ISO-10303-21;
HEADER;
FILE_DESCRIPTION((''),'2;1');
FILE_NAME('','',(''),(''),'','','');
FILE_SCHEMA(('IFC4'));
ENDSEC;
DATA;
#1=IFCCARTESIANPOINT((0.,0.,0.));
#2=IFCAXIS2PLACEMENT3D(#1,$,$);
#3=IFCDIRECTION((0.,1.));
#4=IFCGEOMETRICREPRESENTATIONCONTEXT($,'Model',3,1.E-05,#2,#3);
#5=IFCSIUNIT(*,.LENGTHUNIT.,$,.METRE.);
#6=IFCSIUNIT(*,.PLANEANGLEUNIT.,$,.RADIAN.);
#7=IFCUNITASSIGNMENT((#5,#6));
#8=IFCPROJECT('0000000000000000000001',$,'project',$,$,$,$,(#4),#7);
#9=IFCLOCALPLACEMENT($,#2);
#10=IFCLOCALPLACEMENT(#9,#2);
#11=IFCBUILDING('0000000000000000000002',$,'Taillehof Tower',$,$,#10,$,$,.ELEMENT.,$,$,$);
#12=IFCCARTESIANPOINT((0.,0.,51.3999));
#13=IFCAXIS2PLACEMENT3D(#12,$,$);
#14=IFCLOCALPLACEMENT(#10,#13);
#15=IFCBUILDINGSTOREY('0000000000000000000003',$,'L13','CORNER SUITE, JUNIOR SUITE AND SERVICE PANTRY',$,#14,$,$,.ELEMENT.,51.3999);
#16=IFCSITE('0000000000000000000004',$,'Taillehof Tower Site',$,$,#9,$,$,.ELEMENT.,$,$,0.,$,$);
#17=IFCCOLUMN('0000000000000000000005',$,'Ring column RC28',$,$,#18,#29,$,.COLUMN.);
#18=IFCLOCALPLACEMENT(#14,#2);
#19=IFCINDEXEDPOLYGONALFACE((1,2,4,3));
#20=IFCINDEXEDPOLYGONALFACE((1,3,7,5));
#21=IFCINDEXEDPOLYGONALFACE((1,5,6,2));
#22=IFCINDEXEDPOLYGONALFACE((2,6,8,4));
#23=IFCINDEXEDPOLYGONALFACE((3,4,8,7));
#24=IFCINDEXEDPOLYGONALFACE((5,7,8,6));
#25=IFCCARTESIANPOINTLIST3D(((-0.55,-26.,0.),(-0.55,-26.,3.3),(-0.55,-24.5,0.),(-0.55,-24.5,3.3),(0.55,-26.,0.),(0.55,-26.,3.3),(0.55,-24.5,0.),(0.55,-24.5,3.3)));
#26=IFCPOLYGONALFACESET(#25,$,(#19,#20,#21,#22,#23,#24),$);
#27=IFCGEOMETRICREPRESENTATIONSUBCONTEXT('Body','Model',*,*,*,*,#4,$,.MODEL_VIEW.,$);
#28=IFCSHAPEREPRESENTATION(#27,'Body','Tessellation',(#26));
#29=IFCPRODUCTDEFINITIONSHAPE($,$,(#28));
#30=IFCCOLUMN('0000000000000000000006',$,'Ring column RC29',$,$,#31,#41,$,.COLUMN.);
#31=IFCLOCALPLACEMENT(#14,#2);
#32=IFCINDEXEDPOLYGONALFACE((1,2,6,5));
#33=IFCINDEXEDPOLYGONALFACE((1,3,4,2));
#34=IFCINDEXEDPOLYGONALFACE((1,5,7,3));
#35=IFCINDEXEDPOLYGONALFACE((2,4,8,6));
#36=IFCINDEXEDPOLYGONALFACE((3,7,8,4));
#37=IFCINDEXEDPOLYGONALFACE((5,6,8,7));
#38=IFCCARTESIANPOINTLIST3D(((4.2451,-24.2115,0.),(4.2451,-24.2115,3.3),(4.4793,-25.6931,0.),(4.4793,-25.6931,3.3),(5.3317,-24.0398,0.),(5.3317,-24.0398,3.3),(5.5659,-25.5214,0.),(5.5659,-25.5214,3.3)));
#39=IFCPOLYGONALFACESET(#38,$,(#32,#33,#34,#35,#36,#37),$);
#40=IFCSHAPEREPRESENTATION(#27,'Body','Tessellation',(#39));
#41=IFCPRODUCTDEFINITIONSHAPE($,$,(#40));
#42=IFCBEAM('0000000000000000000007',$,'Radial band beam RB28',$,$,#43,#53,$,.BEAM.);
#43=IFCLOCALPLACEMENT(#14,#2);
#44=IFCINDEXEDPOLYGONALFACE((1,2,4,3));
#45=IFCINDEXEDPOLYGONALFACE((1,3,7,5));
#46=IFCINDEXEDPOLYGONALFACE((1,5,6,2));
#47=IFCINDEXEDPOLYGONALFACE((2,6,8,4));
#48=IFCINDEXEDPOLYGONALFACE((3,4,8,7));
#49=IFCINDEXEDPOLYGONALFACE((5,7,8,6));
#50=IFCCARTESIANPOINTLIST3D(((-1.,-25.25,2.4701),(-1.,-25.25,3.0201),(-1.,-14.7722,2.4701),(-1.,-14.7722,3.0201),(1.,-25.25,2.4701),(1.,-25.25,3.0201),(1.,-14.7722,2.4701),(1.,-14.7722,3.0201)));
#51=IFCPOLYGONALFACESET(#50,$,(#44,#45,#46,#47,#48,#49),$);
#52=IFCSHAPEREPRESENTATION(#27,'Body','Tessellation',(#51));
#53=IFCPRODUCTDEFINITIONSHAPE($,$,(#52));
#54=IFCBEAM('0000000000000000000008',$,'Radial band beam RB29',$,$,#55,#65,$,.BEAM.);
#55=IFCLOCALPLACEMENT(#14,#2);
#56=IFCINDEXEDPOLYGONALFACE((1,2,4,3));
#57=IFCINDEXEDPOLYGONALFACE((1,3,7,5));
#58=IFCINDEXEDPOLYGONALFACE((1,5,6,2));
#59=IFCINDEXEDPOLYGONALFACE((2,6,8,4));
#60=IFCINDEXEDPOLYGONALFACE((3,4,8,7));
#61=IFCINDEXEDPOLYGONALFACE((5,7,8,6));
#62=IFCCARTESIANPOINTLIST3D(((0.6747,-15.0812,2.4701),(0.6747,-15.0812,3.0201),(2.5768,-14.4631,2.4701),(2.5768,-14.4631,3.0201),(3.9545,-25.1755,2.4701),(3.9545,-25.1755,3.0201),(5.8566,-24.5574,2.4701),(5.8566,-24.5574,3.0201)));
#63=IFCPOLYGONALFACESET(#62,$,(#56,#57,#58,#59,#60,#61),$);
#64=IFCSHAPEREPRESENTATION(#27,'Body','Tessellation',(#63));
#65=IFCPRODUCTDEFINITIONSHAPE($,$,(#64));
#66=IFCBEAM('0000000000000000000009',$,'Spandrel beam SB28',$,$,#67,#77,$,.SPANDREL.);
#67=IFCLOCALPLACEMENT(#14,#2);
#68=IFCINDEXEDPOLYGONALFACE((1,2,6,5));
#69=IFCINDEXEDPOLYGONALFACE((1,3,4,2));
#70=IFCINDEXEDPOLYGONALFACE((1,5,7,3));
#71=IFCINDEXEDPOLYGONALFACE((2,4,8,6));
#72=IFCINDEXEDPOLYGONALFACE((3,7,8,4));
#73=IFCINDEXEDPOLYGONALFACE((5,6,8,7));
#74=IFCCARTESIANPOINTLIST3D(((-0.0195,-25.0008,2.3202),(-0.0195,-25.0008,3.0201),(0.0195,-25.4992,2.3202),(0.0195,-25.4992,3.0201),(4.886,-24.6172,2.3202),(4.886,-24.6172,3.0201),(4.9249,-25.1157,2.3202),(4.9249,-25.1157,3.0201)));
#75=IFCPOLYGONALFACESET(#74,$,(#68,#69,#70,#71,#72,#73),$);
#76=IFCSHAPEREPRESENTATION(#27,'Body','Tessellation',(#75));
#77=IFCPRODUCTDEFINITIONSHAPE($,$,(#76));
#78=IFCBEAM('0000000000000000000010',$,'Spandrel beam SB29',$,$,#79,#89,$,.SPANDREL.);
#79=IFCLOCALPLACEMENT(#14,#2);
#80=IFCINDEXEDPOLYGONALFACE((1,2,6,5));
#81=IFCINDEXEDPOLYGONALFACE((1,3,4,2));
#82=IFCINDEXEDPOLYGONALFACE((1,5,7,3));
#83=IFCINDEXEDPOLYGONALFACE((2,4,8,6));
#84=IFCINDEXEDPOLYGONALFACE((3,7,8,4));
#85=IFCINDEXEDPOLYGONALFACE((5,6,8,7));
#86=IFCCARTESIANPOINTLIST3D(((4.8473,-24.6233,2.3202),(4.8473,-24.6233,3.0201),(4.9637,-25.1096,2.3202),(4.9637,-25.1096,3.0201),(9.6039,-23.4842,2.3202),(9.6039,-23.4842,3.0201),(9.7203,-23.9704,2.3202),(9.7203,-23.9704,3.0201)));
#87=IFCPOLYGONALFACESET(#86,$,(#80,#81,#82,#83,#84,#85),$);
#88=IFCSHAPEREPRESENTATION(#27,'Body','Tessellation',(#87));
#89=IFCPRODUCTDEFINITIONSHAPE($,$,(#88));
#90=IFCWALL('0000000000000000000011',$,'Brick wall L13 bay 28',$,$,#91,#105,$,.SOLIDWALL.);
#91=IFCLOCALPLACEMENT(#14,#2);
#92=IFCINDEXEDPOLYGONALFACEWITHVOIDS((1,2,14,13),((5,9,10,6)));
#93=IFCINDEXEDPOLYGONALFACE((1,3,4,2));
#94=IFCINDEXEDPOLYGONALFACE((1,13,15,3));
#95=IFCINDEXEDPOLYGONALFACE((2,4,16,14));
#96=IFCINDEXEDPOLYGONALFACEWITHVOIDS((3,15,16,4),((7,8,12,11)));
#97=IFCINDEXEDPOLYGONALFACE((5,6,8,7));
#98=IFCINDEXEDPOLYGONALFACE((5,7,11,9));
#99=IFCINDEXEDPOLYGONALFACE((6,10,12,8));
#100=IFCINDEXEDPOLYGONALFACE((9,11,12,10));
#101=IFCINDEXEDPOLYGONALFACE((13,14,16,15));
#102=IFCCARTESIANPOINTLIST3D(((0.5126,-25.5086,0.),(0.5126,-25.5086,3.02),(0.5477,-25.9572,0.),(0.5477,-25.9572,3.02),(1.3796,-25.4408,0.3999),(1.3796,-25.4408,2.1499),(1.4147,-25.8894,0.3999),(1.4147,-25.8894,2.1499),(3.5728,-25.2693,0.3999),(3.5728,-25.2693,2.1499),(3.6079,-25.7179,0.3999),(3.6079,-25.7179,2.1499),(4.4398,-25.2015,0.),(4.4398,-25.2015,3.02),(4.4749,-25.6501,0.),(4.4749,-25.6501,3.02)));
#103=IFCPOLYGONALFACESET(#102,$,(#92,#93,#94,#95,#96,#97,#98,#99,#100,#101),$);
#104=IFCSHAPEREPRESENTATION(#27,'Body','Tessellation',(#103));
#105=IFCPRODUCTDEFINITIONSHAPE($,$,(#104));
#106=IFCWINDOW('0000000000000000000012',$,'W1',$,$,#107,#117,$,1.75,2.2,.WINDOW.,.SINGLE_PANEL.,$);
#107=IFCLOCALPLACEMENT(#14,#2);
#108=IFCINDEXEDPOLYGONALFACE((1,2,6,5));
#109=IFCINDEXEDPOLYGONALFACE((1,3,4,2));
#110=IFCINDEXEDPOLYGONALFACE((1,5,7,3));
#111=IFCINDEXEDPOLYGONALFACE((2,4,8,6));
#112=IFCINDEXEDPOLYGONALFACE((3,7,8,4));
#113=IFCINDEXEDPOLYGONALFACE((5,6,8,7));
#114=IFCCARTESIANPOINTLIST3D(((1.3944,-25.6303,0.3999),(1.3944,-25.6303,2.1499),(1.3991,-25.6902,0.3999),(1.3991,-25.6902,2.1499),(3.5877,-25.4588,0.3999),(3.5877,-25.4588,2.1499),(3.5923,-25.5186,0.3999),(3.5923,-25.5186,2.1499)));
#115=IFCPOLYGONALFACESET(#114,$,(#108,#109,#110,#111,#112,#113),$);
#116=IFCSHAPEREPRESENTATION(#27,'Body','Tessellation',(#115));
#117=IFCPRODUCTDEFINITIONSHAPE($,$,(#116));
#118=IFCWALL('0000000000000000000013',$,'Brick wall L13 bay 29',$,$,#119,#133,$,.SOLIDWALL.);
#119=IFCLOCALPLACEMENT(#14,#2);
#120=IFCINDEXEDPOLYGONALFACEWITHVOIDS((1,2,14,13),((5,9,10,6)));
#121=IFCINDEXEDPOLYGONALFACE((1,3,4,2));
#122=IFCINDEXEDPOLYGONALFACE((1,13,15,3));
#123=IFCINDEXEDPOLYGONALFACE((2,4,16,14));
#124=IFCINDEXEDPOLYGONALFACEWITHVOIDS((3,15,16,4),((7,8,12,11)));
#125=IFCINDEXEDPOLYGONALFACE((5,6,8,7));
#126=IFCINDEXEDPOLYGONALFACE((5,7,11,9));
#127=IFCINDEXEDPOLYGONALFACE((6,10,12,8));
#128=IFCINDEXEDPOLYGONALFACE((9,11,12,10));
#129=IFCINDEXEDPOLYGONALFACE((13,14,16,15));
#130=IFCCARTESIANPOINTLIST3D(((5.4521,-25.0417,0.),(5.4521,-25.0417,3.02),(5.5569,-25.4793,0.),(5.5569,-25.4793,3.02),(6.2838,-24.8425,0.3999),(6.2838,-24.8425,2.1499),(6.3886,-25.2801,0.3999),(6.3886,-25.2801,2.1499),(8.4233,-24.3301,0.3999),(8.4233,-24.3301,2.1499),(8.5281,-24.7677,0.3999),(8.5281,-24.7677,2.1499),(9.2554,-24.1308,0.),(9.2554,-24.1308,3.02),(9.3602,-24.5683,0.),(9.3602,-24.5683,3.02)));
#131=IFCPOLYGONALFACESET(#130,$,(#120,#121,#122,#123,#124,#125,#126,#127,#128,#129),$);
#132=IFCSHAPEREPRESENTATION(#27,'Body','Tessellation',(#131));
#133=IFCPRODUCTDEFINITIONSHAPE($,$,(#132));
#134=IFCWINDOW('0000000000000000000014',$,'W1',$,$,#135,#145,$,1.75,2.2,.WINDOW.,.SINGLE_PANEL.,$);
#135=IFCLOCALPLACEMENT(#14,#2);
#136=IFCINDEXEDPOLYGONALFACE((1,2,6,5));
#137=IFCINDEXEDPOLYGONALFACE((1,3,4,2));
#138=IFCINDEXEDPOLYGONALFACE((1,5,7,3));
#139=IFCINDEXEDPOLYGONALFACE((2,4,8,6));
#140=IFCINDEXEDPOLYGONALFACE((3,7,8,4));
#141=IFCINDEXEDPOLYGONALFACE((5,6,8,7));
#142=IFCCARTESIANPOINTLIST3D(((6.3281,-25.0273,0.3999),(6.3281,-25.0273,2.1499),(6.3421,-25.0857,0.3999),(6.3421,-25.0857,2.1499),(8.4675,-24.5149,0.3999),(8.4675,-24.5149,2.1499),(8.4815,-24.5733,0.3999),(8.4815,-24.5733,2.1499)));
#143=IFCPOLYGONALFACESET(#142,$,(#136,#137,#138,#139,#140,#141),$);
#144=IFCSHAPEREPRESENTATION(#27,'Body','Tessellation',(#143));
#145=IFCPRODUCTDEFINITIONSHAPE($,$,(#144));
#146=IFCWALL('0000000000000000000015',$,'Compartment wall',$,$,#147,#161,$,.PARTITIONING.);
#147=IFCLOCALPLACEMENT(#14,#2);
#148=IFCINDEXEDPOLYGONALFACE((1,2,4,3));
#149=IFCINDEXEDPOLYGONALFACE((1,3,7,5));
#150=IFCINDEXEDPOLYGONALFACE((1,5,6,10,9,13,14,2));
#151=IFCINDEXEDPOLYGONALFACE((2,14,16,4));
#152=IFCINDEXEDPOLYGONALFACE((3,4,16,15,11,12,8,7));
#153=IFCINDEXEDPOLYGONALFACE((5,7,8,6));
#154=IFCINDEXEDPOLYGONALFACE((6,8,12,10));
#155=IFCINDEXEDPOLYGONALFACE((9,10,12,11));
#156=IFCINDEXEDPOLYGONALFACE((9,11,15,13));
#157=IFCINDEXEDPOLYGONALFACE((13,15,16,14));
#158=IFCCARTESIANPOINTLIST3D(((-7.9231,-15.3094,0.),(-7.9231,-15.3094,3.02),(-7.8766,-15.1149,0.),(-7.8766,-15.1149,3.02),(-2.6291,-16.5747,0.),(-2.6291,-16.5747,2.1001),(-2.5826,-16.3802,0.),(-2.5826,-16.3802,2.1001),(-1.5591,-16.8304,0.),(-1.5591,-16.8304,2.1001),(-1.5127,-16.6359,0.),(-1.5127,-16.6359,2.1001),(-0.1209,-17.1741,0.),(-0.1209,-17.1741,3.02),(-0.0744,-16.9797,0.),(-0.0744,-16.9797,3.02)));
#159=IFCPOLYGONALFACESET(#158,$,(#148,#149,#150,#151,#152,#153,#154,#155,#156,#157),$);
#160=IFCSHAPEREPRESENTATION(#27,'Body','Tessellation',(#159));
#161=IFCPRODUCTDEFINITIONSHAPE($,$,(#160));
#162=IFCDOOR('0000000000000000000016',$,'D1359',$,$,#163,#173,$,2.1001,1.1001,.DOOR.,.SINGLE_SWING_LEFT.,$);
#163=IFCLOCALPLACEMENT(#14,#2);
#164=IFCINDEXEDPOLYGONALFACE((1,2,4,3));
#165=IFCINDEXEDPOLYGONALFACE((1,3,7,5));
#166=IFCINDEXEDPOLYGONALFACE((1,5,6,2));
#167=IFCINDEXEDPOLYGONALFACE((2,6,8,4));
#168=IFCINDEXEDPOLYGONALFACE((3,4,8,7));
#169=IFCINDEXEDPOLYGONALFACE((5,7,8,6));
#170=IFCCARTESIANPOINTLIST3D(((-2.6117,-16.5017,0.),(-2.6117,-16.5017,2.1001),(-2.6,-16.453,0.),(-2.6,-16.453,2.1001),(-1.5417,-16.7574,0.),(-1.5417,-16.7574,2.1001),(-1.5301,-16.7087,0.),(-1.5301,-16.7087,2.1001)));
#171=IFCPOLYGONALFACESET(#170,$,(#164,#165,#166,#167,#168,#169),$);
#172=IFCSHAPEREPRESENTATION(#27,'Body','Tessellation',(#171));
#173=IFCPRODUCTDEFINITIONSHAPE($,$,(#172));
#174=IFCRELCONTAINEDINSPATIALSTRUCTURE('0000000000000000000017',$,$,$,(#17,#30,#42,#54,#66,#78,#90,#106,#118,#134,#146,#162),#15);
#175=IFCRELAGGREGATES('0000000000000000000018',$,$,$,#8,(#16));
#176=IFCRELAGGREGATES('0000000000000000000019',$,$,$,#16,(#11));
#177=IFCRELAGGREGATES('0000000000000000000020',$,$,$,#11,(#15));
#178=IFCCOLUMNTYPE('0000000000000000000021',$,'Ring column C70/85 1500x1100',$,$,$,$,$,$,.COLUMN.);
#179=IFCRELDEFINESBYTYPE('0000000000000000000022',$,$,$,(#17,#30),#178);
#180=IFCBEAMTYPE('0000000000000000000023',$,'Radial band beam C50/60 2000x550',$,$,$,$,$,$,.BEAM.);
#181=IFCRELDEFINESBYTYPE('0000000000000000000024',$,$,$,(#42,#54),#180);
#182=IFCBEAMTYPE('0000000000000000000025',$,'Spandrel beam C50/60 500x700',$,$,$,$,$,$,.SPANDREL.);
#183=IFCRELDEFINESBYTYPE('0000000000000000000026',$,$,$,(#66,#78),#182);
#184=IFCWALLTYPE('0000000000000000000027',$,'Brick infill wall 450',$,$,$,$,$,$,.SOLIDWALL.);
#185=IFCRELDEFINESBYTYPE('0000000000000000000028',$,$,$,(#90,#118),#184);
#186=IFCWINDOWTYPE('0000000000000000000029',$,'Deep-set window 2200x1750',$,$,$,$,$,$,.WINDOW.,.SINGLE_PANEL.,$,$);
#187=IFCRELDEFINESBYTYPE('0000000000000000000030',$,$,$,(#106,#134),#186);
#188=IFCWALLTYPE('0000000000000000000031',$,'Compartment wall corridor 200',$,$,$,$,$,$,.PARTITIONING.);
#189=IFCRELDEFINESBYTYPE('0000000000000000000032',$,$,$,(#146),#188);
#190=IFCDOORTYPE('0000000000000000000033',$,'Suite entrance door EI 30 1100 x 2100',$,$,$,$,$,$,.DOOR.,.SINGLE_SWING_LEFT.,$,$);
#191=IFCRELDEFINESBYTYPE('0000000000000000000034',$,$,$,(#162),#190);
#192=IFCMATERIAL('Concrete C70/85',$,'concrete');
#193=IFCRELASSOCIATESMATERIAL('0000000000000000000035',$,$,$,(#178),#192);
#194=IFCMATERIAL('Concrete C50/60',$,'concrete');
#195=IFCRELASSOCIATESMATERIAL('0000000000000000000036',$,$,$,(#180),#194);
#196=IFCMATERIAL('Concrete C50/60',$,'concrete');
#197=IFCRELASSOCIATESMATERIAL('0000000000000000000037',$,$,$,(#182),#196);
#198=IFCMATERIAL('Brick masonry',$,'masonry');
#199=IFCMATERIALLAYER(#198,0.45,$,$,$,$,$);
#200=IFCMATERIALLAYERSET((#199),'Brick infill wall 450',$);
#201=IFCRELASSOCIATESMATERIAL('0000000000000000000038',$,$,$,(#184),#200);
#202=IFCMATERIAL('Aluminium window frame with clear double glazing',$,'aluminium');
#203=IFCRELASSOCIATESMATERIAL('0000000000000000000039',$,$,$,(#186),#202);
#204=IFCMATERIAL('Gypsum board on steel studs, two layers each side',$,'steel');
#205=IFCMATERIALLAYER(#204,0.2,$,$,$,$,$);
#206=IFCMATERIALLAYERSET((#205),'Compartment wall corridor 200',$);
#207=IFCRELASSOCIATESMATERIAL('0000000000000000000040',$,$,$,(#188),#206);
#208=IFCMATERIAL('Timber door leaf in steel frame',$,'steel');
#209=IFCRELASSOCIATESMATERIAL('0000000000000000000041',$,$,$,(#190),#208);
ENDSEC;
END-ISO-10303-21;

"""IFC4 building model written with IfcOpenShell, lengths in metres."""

from ifc_helpers import new_model, si_unit, direction, frame, frame_2d, origin, origin_2d, place, context, subcontext, project, spatial, rectangle, extrude, material, layer, layer_set, material_profile, profile_set, type_object, element, fill, save


model = new_model("IFC4")

# Units and contexts
model_context = context("Model", 3, precision=1e-05, world=origin(), true_north=direction((0.0, 1.0)))
body_context = subcontext(model_context, "Body", "Model", "MODEL_VIEW")
ifc_project = project(units=[si_unit("LENGTHUNIT", "METRE"), si_unit("PLANEANGLEUNIT", "RADIAN")], contexts=[model_context])

# Site, building, storey
site_placement = place(None, origin())
site = spatial("IfcSite", under=ifc_project, at=site_placement, Name="Taillehof Tower Site", CompositionType="ELEMENT", RefElevation=0.0)
building_placement = place(site_placement, origin())
building = spatial("IfcBuilding", under=site, at=building_placement, Name="Taillehof Tower", CompositionType="ELEMENT")
storey_placement = place(building_placement, frame((0.0, 0.0, 51.3999)))
storey = spatial("IfcBuildingStorey", under=building, at=storey_placement, Name="L13", Description="CORNER SUITE, JUNIOR SUITE AND SERVICE PANTRY", CompositionType="ELEMENT", Elevation=51.3999)

# Columns
ifc_material_1 = material(Name="Concrete C70/85", Category="concrete")
ifc_material_profile_1 = material_profile(ifc_material_1, rectangle(XDim=1.5, YDim=1.1001, at=origin_2d()), Name="RC 1500x1100")
ifc_profile_set_1 = profile_set([ifc_material_profile_1], Name="Concrete C70/85")
column_type = type_object("IfcColumnType", Name="Ring column C70/85 1500x1100", PredefinedType="COLUMN", material=ifc_profile_set_1)
for number, where, z_axis, x_axis, name in (
    (1, (0.0, -25.25, 0.0), (0.0, 0.0, 1.0), (0.0, -1.0, 0.0), "Ring column RC28"),
    (2, (4.9055, -24.8665, 0.0), (0.0, 0.0, 1.0), (0.156147, -0.987734, 0.0), "Ring column RC29"),
):
    element("IfcColumn", number, at=place(storey_placement, frame(where, z_axis=z_axis, x_axis=x_axis)), inside=storey, type_object=column_type, Name=name, PredefinedType="COLUMN", context=body_context, shape_type="SweptSolid", body=[
        extrude(rectangle(XDim=1.5, YDim=1.1001, at=origin_2d()), origin(), (0.0, 0.0, 1.0), 3.3),
    ])

# Beams
ifc_material_2 = material(Name="Concrete C50/60", Category="concrete")
ifc_material_profile_2 = material_profile(ifc_material_2, rectangle(XDim=2.0, YDim=0.55, at=origin_2d()), Name="RC 2000x550")
ifc_profile_set_2 = profile_set([ifc_material_profile_2], Name="Concrete C50/60")
beam_type_1 = type_object("IfcBeamType", Name="Radial band beam C50/60 2000x550", PredefinedType="BEAM", material=ifc_profile_set_2)
beam_1_placement = place(storey_placement, frame((0.0, -25.25, 2.7451), z_axis=(0.0, 1.0, 0.0), x_axis=(-1.0, 0.0, 0.0)))
element("IfcBeam", 3, at=beam_1_placement, inside=storey, type_object=beam_type_1, Name="Radial band beam RB28", PredefinedType="BEAM", context=body_context, shape_type="SweptSolid", body=[
    extrude(rectangle(XDim=2.0, YDim=0.55, at=origin_2d()), origin(), (0.0, 0.0, 1.0), 10.4778),
])
beam_2_placement = place(storey_placement, frame((4.9055, -24.8665, 2.7451), z_axis=(-0.309014, 0.951057, 0.0), x_axis=(-0.951057, -0.309014, 0.0)))
element("IfcBeam", 4, at=beam_2_placement, inside=storey, type_object=beam_type_1, Name="Radial band beam RB29", PredefinedType="BEAM", context=body_context, shape_type="SweptSolid", body=[
    extrude(rectangle(XDim=2.0, YDim=0.55, at=origin_2d()), origin(), (0.0, 0.0, 1.0), 10.6138),
])
ifc_material_3 = material(Name="Concrete C50/60", Category="concrete")
ifc_material_profile_3 = material_profile(ifc_material_3, rectangle(XDim=0.5, YDim=0.7, at=origin_2d()), Name="RC 500x700")
ifc_profile_set_3 = profile_set([ifc_material_profile_3], Name="Concrete C50/60")
beam_type_2 = type_object("IfcBeamType", Name="Spandrel beam C50/60 500x700", PredefinedType="SPANDREL", material=ifc_profile_set_3)
beam_3_placement = place(storey_placement, frame((0.0, -25.25, 2.6702), z_axis=(0.996957, 0.077949, 0.0), x_axis=(-0.077949, 0.996957, 0.0)))
element("IfcBeam", 5, at=beam_3_placement, inside=storey, type_object=beam_type_2, Name="Spandrel beam SB28", PredefinedType="SPANDREL", context=body_context, shape_type="SweptSolid", body=[
    extrude(rectangle(XDim=0.5, YDim=0.7, at=origin_2d()), origin(), (0.0, 0.0, 1.0), 4.9204),
])
beam_4_placement = place(storey_placement, frame((4.9055, -24.8665, 2.6702), z_axis=(0.9725, 0.232905, 0.0), x_axis=(-0.232905, 0.9725, 0.0)))
element("IfcBeam", 6, at=beam_4_placement, inside=storey, type_object=beam_type_2, Name="Spandrel beam SB29", PredefinedType="SPANDREL", context=body_context, shape_type="SweptSolid", body=[
    extrude(rectangle(XDim=0.5, YDim=0.7, at=origin_2d()), origin(), (0.0, 0.0, 1.0), 4.8911),
])

# Walls, openings, windows
ifc_material_4 = material(Name="Brick masonry", Category="masonry")
ifc_layer_1 = layer(ifc_material_4, 0.45)
ifc_layer_set_1 = layer_set([ifc_layer_1], Name="Brick infill wall 450")
wall_type_1 = type_object("IfcWallType", Name="Brick infill wall 450", PredefinedType="SOLIDWALL", material=ifc_layer_set_1)
wall_1_placement = place(storey_placement, frame((0.53, -25.7329, 0.0), z_axis=(0.0, 0.0, 1.0), x_axis=(0.996956, 0.077967, 0.0)))
wall_1 = element("IfcWall", 7, at=wall_1_placement, inside=storey, type_object=wall_type_1, Name="Brick wall L13 bay 28", PredefinedType="SOLIDWALL", context=body_context, shape_type="SweptSolid", body=[
    extrude(rectangle(XDim=3.9392, YDim=0.45, at=frame_2d((1.9697, 0.0))), origin(), (0.0, 0.0, 1.0), 3.02),
])
opening_1_placement = place(wall_1_placement, frame((0.8696, 0.0, 0.3999)))
opening_1 = element("IfcOpeningElement", 8, at=opening_1_placement, cuts=wall_1, PredefinedType="OPENING", context=body_context, shape_type="SweptSolid", body=[
    extrude(rectangle(XDim=2.2, YDim=1.75, at=frame_2d((1.1001, 0.875))), frame((0.0, 0.2349, 0.0), z_axis=(0.0, -1.0, 0.0), x_axis=(1.0, 0.0, 0.0)), (0.0, 0.0, 1.0), 0.47),
])
ifc_material_5 = material(Name="Aluminium window frame with clear double glazing", Category="aluminium")
window_type = type_object("IfcWindowType", Name="Deep-set window 2200x1750", PartitioningType="SINGLE_PANEL", PredefinedType="WINDOW", material=ifc_material_5)
window_1_placement = place(opening_1_placement, origin())
window_1 = element("IfcWindow", 9, at=window_1_placement, inside=storey, type_object=window_type, Name="W1", OverallHeight=1.75, OverallWidth=2.2, PartitioningType="SINGLE_PANEL", PredefinedType="WINDOW", context=body_context, shape_type="SweptSolid", body=[
    extrude(rectangle(XDim=2.2, YDim=1.75, at=frame_2d((1.1001, 0.875))), frame((0.0, 0.0349, 0.0), z_axis=(0.0, -1.0, 0.0), x_axis=(1.0, 0.0, 0.0)), (0.0, 0.0, 1.0), 0.0601),
])
fill(opening_1, window_1)
wall_2_placement = place(storey_placement, frame((5.5044, -25.2605, 0.0), z_axis=(0.0, 0.0, 1.0), x_axis=(0.972497, 0.232917, 0.0)))
wall_2 = element("IfcWall", 10, at=wall_2_placement, inside=storey, type_object=wall_type_1, Name="Brick wall L13 bay 29", PredefinedType="SOLIDWALL", context=body_context, shape_type="SweptSolid", body=[
    extrude(rectangle(XDim=3.9109, YDim=0.45, at=frame_2d((1.9556, 0.0))), origin(), (0.0, 0.0, 1.0), 3.02),
])
opening_2_placement = place(wall_2_placement, frame((0.8552, 0.0, 0.3999)))
opening_2 = element("IfcOpeningElement", 11, at=opening_2_placement, cuts=wall_2, PredefinedType="OPENING", context=body_context, shape_type="SweptSolid", body=[
    extrude(rectangle(XDim=2.2, YDim=1.75, at=frame_2d((1.1001, 0.875))), frame((0.0, 0.2349, 0.0), z_axis=(0.0, -1.0, 0.0), x_axis=(1.0, 0.0, 0.0)), (0.0, 0.0, 1.0), 0.47),
])
window_2_placement = place(opening_2_placement, origin())
window_2 = element("IfcWindow", 12, at=window_2_placement, inside=storey, type_object=window_type, Name="W1", OverallHeight=1.75, OverallWidth=2.2, PartitioningType="SINGLE_PANEL", PredefinedType="WINDOW", context=body_context, shape_type="SweptSolid", body=[
    extrude(rectangle(XDim=2.2, YDim=1.75, at=frame_2d((1.1001, 0.875))), frame((0.0, 0.0349, 0.0), z_axis=(0.0, -1.0, 0.0), x_axis=(1.0, 0.0, 0.0)), (0.0, 0.0, 1.0), 0.0601),
])
fill(opening_2, window_2)

# Wall, opening, door
ifc_material_6 = material(Name="Gypsum board on steel studs, two layers each side", Category="steel")
ifc_layer_2 = layer(ifc_material_6, 0.2)
ifc_layer_set_2 = layer_set([ifc_layer_2], Name="Compartment wall corridor 200")
wall_type_2 = type_object("IfcWallType", Name="Compartment wall corridor 200", PredefinedType="PARTITIONING", material=ifc_layer_set_2)
wall_3_placement = place(storey_placement, frame((-0.0977, -17.0769, 0.0), z_axis=(0.0, 0.0, 1.0), x_axis=(-0.972607, 0.232454, 0.0)))
wall_3 = element("IfcWall", 13, at=wall_3_placement, inside=storey, type_object=wall_type_2, Name="Compartment wall", PredefinedType="PARTITIONING", context=body_context, shape_type="SweptSolid", body=[
    extrude(rectangle(XDim=8.022, YDim=0.2, at=frame_2d((4.011, 0.0))), origin(), (0.0, 0.0, 1.0), 3.02),
])
opening_3_placement = place(wall_3_placement, frame((1.4788, 0.0, 0.0)))
opening_3 = element("IfcOpeningElement", 14, at=opening_3_placement, cuts=wall_3, PredefinedType="OPENING", context=body_context, shape_type="SweptSolid", body=[
    extrude(rectangle(XDim=1.1001, YDim=2.1001, at=frame_2d((0.55, 1.05))), frame((0.0, 0.1099, 0.0), z_axis=(0.0, -1.0, 0.0), x_axis=(1.0, 0.0, 0.0)), (0.0, 0.0, 1.0), 0.22),
])
ifc_material_7 = material(Name="Timber door leaf in steel frame", Category="steel")
door_type = type_object("IfcDoorType", Name="Suite entrance door EI 30 1100 x 2100", OperationType="SINGLE_SWING_LEFT", PredefinedType="DOOR", material=ifc_material_7)
door_placement = place(opening_3_placement, origin())
door = element("IfcDoor", 15, at=door_placement, inside=storey, type_object=door_type, Name="D1359", OperationType="SINGLE_SWING_LEFT", OverallHeight=2.1001, OverallWidth=1.1001, PredefinedType="DOOR", context=body_context, shape_type="SweptSolid", body=[
    extrude(rectangle(XDim=1.1001, YDim=2.1001, at=frame_2d((0.55, 1.05))), frame((0.0, 0.0249, 0.0), z_axis=(0.0, -1.0, 0.0), x_axis=(1.0, 0.0, 0.0)), (0.0, 0.0, 1.0), 0.05),
])
fill(opening_3, door)

save(model, "model.ifc")
